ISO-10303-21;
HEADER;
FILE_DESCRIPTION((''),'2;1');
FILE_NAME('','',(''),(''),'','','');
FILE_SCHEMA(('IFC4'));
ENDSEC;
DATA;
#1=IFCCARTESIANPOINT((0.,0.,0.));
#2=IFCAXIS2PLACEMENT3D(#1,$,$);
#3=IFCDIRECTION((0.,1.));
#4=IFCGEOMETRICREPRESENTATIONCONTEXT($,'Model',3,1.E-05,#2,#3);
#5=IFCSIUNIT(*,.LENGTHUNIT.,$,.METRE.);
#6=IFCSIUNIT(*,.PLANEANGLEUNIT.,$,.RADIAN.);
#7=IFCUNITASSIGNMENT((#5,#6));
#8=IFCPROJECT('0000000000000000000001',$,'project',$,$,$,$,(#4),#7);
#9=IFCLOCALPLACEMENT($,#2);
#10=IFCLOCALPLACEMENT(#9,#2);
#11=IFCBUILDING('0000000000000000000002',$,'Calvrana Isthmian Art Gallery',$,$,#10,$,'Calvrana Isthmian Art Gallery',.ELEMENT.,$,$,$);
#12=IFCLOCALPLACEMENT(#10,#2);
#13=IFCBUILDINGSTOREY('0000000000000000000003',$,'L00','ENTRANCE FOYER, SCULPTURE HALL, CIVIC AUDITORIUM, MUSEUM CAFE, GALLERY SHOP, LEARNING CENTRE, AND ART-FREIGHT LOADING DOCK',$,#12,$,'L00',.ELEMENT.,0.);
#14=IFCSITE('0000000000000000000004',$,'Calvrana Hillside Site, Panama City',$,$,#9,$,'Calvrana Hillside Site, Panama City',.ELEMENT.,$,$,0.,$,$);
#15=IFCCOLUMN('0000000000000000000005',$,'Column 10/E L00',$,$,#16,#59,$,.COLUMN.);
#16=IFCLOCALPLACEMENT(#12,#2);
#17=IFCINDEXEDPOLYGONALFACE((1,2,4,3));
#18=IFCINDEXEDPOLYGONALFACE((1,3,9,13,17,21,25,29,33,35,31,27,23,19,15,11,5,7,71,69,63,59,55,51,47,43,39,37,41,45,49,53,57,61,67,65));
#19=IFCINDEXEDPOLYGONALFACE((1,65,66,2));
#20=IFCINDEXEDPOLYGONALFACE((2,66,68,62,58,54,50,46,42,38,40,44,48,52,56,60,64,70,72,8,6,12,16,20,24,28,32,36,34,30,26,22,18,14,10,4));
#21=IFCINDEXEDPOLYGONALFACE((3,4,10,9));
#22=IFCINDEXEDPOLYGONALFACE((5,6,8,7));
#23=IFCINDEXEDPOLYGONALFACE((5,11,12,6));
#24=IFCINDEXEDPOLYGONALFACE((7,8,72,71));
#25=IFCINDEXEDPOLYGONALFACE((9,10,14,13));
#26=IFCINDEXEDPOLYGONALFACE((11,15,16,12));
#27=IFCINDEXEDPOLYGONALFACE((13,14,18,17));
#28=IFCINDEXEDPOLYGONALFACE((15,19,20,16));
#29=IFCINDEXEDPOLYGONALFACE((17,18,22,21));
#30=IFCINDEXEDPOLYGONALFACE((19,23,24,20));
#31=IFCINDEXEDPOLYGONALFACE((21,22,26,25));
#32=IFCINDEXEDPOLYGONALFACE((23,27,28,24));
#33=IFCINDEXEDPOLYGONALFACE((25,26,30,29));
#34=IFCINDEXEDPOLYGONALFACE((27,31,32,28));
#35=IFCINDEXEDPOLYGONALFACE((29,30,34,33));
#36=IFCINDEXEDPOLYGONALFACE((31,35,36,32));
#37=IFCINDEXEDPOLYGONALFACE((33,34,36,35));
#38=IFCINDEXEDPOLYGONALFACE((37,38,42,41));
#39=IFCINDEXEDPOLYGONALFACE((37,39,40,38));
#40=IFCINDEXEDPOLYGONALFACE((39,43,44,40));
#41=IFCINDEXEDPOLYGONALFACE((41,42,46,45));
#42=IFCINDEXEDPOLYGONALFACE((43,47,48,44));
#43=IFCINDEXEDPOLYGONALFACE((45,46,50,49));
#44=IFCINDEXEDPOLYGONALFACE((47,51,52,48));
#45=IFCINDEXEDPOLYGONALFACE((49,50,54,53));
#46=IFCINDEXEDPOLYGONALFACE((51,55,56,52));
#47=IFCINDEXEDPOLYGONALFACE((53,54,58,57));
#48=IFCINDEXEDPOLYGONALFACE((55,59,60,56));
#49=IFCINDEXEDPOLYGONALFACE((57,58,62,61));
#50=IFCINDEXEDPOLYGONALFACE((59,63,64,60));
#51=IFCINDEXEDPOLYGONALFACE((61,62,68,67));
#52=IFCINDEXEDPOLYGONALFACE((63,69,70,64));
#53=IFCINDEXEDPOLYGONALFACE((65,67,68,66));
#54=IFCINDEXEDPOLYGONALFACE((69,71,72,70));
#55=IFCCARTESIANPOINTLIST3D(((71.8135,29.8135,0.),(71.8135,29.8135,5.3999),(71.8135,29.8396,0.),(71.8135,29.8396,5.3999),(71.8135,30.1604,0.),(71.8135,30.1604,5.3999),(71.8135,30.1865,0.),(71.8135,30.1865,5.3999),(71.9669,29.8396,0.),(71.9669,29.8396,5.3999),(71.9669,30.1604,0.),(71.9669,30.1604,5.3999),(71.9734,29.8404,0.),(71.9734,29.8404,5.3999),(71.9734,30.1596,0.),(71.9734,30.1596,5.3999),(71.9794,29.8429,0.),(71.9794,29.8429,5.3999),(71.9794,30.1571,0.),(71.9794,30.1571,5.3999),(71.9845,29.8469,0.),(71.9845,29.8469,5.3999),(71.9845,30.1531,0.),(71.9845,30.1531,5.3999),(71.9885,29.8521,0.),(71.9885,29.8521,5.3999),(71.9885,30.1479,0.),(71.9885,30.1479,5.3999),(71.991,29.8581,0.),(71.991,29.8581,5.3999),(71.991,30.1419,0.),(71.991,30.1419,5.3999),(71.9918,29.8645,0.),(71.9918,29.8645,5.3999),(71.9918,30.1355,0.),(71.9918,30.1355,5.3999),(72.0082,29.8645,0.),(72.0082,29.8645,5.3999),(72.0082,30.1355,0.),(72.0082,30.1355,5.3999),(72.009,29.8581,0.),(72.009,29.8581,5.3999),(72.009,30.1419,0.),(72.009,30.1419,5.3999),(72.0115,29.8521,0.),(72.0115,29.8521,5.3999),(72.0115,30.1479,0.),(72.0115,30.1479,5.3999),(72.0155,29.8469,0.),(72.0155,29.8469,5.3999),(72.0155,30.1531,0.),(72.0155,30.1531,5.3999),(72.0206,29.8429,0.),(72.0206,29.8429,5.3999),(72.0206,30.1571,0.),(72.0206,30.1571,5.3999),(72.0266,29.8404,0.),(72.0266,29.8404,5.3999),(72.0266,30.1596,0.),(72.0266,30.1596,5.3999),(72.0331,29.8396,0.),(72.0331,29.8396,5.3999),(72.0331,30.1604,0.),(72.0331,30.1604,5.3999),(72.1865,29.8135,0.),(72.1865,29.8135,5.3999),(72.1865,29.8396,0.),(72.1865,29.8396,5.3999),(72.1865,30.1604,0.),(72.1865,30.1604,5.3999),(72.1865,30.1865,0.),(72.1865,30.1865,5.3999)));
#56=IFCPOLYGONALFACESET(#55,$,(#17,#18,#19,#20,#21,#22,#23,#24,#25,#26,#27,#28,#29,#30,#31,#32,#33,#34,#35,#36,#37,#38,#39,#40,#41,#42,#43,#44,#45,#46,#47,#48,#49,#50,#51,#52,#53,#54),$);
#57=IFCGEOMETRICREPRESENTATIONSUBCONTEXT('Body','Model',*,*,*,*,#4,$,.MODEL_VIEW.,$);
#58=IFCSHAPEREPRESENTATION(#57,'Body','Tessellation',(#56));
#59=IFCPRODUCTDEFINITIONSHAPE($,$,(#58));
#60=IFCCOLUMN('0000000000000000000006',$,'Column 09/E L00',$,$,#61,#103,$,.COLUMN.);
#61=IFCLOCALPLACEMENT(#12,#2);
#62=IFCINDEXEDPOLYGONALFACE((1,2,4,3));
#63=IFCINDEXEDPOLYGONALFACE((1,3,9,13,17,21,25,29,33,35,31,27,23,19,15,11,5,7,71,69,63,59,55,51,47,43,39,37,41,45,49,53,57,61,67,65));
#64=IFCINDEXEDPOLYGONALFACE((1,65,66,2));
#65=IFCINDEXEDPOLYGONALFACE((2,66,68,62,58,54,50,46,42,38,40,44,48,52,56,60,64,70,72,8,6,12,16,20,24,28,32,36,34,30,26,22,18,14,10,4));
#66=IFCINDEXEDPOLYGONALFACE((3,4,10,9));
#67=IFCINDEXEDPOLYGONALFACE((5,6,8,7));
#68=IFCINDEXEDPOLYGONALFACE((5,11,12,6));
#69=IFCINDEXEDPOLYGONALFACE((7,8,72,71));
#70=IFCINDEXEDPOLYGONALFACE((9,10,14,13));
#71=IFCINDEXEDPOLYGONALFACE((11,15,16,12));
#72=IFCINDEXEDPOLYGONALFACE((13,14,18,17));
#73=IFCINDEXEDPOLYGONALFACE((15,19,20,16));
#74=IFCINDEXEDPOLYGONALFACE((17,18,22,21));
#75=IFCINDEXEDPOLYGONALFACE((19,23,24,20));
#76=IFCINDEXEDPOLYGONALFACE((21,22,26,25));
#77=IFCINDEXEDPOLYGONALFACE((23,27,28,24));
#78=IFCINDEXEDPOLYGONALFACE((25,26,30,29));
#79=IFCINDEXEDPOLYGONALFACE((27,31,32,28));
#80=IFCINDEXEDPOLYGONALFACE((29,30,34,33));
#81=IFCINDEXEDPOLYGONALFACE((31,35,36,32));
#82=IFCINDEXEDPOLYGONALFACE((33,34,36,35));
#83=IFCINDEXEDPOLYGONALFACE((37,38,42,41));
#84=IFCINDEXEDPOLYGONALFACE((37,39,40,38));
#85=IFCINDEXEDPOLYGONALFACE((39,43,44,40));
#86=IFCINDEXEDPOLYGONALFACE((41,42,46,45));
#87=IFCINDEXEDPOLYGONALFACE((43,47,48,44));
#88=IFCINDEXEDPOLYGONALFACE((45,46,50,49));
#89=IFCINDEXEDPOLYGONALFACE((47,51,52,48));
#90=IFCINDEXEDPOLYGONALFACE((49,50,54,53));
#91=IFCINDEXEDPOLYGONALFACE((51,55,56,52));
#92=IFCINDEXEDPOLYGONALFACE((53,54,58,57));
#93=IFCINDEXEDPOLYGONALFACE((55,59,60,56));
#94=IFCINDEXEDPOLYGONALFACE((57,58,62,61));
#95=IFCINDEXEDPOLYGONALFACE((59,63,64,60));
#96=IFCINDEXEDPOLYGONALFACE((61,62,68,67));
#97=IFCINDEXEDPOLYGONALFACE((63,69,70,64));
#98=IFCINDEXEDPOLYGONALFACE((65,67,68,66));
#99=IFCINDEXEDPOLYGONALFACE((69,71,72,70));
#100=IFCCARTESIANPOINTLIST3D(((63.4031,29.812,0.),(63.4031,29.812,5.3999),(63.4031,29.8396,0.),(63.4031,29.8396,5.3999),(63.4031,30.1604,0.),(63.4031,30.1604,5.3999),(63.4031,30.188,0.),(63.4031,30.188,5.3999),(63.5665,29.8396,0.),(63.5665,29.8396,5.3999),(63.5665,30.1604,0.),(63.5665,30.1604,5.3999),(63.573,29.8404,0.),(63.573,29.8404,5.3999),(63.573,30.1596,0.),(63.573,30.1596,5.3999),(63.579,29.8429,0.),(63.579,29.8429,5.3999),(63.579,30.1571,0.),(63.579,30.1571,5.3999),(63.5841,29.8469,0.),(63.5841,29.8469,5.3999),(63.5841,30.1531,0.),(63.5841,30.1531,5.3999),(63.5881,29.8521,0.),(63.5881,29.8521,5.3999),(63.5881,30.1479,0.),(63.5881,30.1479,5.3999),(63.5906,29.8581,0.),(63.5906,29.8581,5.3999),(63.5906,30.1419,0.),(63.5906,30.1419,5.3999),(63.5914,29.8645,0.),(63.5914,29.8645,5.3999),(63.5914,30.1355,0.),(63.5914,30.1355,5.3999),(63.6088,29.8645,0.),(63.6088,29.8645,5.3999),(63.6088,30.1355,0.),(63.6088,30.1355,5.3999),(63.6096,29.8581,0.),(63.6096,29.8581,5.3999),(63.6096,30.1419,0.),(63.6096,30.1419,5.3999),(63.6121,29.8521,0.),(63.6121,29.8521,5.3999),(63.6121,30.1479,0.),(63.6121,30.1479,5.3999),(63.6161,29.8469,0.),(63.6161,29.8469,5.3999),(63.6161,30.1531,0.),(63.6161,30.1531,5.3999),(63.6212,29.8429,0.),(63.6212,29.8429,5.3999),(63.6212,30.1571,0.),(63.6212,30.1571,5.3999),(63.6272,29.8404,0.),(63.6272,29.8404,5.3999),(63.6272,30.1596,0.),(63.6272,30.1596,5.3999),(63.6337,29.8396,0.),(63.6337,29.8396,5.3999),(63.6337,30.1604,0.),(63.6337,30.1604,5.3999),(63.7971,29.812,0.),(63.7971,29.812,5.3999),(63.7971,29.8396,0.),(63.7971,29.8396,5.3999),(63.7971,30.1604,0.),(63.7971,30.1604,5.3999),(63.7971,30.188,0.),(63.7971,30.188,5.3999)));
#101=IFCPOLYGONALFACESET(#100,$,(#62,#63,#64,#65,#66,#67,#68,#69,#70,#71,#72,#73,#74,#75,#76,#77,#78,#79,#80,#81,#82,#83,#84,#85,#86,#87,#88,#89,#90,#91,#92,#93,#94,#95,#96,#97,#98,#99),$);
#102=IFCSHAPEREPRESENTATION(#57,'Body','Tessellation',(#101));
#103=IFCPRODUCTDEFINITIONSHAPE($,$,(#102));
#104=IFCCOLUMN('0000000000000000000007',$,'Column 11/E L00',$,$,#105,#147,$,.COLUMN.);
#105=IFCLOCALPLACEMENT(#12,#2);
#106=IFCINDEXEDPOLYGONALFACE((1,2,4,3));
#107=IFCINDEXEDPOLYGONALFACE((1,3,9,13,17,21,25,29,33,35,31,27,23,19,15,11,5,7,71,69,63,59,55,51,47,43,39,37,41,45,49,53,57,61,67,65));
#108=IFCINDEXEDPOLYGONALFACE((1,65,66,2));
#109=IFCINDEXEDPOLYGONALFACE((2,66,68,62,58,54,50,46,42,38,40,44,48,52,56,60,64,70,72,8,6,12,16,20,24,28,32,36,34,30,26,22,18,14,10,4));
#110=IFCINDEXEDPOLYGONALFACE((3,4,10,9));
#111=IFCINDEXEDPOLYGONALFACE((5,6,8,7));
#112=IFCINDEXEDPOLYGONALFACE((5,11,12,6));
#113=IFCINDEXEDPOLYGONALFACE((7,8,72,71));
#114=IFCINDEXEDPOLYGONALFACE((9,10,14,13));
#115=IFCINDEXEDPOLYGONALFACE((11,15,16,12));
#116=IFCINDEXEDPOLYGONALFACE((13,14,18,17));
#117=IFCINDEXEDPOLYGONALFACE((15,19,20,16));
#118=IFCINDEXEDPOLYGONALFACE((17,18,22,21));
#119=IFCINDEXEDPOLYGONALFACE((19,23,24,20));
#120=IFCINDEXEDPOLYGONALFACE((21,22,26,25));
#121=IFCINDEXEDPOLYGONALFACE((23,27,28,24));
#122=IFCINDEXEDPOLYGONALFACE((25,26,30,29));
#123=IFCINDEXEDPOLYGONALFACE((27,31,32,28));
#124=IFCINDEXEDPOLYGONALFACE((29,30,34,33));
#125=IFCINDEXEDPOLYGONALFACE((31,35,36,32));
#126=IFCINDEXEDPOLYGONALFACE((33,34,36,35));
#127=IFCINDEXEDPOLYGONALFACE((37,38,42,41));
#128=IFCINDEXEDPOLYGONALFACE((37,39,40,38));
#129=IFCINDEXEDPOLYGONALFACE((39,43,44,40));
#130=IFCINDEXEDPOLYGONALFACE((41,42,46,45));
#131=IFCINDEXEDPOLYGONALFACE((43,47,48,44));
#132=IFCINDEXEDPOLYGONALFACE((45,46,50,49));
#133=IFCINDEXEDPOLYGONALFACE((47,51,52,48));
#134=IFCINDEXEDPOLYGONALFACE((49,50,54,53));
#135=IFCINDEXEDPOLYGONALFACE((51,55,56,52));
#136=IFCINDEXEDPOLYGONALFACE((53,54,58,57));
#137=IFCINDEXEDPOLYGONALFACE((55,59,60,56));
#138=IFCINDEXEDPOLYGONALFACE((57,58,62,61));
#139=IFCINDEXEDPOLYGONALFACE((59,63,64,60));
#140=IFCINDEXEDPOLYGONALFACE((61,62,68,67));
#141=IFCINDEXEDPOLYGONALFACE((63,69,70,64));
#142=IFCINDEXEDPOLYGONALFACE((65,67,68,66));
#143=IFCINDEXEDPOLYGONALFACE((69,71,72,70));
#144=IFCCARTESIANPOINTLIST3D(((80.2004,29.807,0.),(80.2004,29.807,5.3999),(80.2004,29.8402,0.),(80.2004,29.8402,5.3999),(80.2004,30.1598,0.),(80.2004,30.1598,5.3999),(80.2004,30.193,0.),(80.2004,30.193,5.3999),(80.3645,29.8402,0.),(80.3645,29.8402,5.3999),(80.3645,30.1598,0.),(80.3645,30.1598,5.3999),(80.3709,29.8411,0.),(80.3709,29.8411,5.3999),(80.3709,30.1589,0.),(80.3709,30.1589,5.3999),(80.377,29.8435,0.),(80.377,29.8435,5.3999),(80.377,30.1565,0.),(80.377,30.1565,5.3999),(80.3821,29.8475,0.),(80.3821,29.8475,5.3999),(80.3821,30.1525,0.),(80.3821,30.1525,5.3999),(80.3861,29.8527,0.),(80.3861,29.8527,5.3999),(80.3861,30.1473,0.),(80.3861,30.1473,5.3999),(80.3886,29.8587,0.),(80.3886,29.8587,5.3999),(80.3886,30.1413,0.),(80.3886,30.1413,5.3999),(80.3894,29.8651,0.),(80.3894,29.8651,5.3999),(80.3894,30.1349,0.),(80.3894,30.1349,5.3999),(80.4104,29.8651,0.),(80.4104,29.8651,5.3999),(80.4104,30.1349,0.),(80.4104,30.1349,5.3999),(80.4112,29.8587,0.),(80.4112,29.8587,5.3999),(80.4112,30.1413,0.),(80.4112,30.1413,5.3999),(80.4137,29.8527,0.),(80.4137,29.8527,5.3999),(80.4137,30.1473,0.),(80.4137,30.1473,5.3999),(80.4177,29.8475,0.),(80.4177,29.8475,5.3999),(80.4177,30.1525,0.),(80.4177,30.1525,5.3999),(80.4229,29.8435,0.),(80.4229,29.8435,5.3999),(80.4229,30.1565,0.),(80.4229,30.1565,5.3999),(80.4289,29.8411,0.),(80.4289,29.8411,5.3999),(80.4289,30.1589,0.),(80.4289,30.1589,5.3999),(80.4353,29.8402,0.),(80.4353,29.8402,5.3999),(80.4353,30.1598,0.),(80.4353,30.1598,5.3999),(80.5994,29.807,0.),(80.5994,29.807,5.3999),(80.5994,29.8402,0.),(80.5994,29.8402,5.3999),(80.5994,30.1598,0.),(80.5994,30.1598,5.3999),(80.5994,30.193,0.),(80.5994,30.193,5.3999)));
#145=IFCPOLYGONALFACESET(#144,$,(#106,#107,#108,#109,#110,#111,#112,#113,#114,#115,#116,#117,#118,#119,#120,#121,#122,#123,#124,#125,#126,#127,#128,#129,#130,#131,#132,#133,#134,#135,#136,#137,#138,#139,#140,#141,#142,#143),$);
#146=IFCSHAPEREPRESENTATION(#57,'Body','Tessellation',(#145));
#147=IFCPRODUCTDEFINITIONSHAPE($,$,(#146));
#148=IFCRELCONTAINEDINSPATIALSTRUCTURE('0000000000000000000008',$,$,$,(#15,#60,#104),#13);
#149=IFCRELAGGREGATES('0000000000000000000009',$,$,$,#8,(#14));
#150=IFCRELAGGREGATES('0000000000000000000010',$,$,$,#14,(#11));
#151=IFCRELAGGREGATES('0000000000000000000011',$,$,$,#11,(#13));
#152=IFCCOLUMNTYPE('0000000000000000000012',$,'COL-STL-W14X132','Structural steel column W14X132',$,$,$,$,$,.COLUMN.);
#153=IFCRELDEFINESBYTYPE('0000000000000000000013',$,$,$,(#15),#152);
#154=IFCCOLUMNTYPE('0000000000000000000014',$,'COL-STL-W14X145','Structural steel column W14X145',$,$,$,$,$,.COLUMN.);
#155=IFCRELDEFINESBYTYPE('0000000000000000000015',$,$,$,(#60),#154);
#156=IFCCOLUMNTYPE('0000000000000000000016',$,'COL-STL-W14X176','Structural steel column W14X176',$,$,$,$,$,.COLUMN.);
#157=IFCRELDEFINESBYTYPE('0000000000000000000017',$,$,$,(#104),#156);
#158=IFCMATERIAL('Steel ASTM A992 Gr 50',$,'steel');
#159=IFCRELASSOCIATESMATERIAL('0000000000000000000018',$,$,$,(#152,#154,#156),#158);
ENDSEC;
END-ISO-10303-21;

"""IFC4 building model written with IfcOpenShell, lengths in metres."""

from ifc_helpers import new_model, si_unit, direction, frame, origin, origin_2d, place, context, subcontext, project, spatial, i_section, extrude, material, material_profile, profile_set, type_object, element, save


model = new_model("IFC4")

# Units and contexts
model_context = context("Model", 3, precision=1e-05, world=origin(), true_north=direction((0.0, 1.0)))
body_context = subcontext(model_context, "Body", "Model", "MODEL_VIEW")
ifc_project = project(units=[si_unit("LENGTHUNIT", "METRE"), si_unit("PLANEANGLEUNIT", "RADIAN")], contexts=[model_context])

# Site, building, storey
site_placement = place(None, origin())
site = spatial("IfcSite", under=ifc_project, at=site_placement, Name="Calvrana Hillside Site, Panama City", LongName="Calvrana Hillside Site, Panama City", CompositionType="ELEMENT", RefElevation=0.0)
building_placement = place(site_placement, origin())
building = spatial("IfcBuilding", under=site, at=building_placement, Name="Calvrana Isthmian Art Gallery", LongName="Calvrana Isthmian Art Gallery", CompositionType="ELEMENT")
storey_placement = place(building_placement, origin())
storey = spatial("IfcBuildingStorey", under=building, at=storey_placement, Name="L00", Description="ENTRANCE FOYER, SCULPTURE HALL, CIVIC AUDITORIUM, MUSEUM CAFE, GALLERY SHOP, LEARNING CENTRE, AND ART-FREIGHT LOADING DOCK", LongName="L00", CompositionType="ELEMENT", Elevation=0.0)

# Columns
ifc_material_1 = material(Name="Steel ASTM A992 Gr 50", Category="steel")
ifc_material_profile_1 = material_profile(ifc_material_1, i_section(OverallWidth=0.373, OverallDepth=0.373, WebThickness=0.0164, FlangeThickness=0.0261, FilletRadius=0.0249, at=origin_2d()), Name="W14X132")
ifc_profile_set_1 = profile_set([ifc_material_profile_1], Name="Steel ASTM A992 Gr 50")
column_type_1 = type_object("IfcColumnType", Name="COL-STL-W14X132", Description="Structural steel column W14X132", PredefinedType="COLUMN", material=ifc_profile_set_1)
column_1_placement = place(storey_placement, frame((72.0, 30.0, 0.0), z_axis=(0.0, 0.0, 1.0), x_axis=(1.0, 0.0, 0.0)))
element("IfcColumn", 1, at=column_1_placement, inside=storey, type_object=column_type_1, Name="Column 10/E L00", PredefinedType="COLUMN", context=body_context, shape_type="SweptSolid", body=[
    extrude(i_section(OverallWidth=0.373, OverallDepth=0.373, WebThickness=0.0164, FlangeThickness=0.0261, FilletRadius=0.0249, at=origin_2d()), origin(), (0.0, 0.0, 1.0), 5.3999),
])
ifc_material_profile_2 = material_profile(ifc_material_1, i_section(OverallWidth=0.394, OverallDepth=0.376, WebThickness=0.0173, FlangeThickness=0.0276, FilletRadius=0.0249, at=origin_2d()), Name="W14X145")
ifc_profile_set_2 = profile_set([ifc_material_profile_2], Name="Steel ASTM A992 Gr 50")
column_type_2 = type_object("IfcColumnType", Name="COL-STL-W14X145", Description="Structural steel column W14X145", PredefinedType="COLUMN", material=ifc_profile_set_2)
column_2_placement = place(storey_placement, frame((63.6001, 30.0, 0.0), z_axis=(0.0, 0.0, 1.0), x_axis=(1.0, 0.0, 0.0)))
element("IfcColumn", 2, at=column_2_placement, inside=storey, type_object=column_type_2, Name="Column 09/E L00", PredefinedType="COLUMN", context=body_context, shape_type="SweptSolid", body=[
    extrude(i_section(OverallWidth=0.394, OverallDepth=0.376, WebThickness=0.0173, FlangeThickness=0.0276, FilletRadius=0.0249, at=origin_2d()), origin(), (0.0, 0.0, 1.0), 5.3999),
])
ifc_material_profile_3 = material_profile(ifc_material_1, i_section(OverallWidth=0.3989, OverallDepth=0.386, WebThickness=0.021, FlangeThickness=0.0332, FilletRadius=0.0249, at=origin_2d()), Name="W14X176")
ifc_profile_set_3 = profile_set([ifc_material_profile_3], Name="Steel ASTM A992 Gr 50")
column_type_3 = type_object("IfcColumnType", Name="COL-STL-W14X176", Description="Structural steel column W14X176", PredefinedType="COLUMN", material=ifc_profile_set_3)
column_3_placement = place(storey_placement, frame((80.3999, 30.0, 0.0), z_axis=(0.0, 0.0, 1.0), x_axis=(1.0, 0.0, 0.0)))
element("IfcColumn", 3, at=column_3_placement, inside=storey, type_object=column_type_3, Name="Column 11/E L00", PredefinedType="COLUMN", context=body_context, shape_type="SweptSolid", body=[
    extrude(i_section(OverallWidth=0.3989, OverallDepth=0.386, WebThickness=0.021, FlangeThickness=0.0332, FilletRadius=0.0249, at=origin_2d()), origin(), (0.0, 0.0, 1.0), 5.3999),
])

save(model, "model.ifc")
